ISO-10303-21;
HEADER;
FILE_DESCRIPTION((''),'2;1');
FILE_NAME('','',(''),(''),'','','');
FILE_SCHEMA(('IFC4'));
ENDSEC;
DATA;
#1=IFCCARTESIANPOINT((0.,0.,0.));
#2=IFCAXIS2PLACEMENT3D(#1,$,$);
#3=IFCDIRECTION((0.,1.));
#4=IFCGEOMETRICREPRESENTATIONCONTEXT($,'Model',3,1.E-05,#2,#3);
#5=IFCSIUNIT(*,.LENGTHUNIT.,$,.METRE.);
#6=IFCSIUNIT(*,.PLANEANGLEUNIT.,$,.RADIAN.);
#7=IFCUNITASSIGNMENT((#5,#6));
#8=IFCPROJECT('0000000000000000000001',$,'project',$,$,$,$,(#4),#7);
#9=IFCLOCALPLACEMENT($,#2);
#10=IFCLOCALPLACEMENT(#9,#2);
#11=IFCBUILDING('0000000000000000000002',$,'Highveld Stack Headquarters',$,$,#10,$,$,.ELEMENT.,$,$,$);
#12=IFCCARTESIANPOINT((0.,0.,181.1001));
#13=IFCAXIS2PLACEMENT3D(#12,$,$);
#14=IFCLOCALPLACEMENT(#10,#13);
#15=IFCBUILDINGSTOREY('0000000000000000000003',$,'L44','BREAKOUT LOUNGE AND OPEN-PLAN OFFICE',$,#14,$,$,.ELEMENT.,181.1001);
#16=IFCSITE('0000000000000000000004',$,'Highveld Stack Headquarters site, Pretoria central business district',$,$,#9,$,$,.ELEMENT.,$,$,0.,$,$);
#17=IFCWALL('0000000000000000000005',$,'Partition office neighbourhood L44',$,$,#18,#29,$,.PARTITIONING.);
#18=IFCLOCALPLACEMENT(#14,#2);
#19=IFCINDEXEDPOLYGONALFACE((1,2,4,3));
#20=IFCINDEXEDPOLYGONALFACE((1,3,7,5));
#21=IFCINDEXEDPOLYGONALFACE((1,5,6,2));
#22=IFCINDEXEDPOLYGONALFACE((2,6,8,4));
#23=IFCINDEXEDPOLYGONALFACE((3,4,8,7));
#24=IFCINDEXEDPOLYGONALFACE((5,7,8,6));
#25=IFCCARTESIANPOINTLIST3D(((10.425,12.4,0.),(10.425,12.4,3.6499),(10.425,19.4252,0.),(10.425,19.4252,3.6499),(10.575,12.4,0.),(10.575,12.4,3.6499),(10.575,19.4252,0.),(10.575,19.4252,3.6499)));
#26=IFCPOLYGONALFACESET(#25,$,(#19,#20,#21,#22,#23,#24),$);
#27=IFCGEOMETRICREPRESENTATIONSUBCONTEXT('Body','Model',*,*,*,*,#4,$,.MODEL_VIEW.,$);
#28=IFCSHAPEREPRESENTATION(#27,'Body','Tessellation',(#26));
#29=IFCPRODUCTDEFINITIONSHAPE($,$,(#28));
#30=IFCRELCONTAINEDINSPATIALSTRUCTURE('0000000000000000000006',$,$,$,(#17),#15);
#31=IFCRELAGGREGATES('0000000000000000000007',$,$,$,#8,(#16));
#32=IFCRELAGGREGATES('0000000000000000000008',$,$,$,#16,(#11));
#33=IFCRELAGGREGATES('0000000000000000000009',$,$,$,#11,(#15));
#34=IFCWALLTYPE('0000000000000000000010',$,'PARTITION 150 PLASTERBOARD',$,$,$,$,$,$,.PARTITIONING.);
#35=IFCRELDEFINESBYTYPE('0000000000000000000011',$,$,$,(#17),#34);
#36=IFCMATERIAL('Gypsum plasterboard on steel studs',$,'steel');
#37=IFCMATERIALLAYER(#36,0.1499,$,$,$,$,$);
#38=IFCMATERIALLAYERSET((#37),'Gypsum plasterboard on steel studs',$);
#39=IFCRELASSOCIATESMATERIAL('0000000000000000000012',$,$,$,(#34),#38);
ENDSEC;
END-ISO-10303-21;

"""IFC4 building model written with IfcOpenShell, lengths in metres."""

from ifc_helpers import new_model, si_unit, direction, frame, frame_2d, origin, place, context, subcontext, project, spatial, rectangle, extrude, material, layer, layer_set, type_object, element, save


model = new_model("IFC4")

# Units and contexts
model_context = context("Model", 3, precision=1e-05, world=origin(), true_north=direction((0.0, 1.0)))
body_context = subcontext(model_context, "Body", "Model", "MODEL_VIEW")
ifc_project = project(units=[si_unit("LENGTHUNIT", "METRE"), si_unit("PLANEANGLEUNIT", "RADIAN")], contexts=[model_context])

# Site, building, storey
site_placement = place(None, origin())
site = spatial("IfcSite", under=ifc_project, at=site_placement, Name="Highveld Stack Headquarters site, Pretoria central business district", CompositionType="ELEMENT", RefElevation=0.0)
building_placement = place(site_placement, origin())
building = spatial("IfcBuilding", under=site, at=building_placement, Name="Highveld Stack Headquarters", CompositionType="ELEMENT")
storey_placement = place(building_placement, frame((0.0, 0.0, 181.1001)))
storey = spatial("IfcBuildingStorey", under=building, at=storey_placement, Name="L44", Description="BREAKOUT LOUNGE AND OPEN-PLAN OFFICE", CompositionType="ELEMENT", Elevation=181.1001)

# Shared definitions
ifc_material_1 = material(Name="Gypsum plasterboard on steel studs", Category="steel")
ifc_layer_1 = layer(ifc_material_1, 0.1499)
ifc_layer_set_1 = layer_set([ifc_layer_1], Name="Gypsum plasterboard on steel studs")
wall_type_1 = type_object("IfcWallType", Name="PARTITION 150 PLASTERBOARD", PredefinedType="PARTITIONING", material=ifc_layer_set_1)

# Wall
wall_1_placement = place(storey_placement, frame((10.5, 12.3999, 0.0), z_axis=(0.0, 0.0, 1.0), x_axis=(0.0, 1.0, 0.0)))
element("IfcWall", 1, at=wall_1_placement, inside=storey, type_object=wall_type_1, Name="Partition office neighbourhood L44", PredefinedType="PARTITIONING", context=body_context, shape_type="SweptSolid", body=[
    extrude(rectangle(XDim=7.0251, YDim=0.1499, at=frame_2d((3.5127, 0.0))), origin(), (0.0, 0.0, 1.0), 3.6499),
])

save(model, "model.ifc")
